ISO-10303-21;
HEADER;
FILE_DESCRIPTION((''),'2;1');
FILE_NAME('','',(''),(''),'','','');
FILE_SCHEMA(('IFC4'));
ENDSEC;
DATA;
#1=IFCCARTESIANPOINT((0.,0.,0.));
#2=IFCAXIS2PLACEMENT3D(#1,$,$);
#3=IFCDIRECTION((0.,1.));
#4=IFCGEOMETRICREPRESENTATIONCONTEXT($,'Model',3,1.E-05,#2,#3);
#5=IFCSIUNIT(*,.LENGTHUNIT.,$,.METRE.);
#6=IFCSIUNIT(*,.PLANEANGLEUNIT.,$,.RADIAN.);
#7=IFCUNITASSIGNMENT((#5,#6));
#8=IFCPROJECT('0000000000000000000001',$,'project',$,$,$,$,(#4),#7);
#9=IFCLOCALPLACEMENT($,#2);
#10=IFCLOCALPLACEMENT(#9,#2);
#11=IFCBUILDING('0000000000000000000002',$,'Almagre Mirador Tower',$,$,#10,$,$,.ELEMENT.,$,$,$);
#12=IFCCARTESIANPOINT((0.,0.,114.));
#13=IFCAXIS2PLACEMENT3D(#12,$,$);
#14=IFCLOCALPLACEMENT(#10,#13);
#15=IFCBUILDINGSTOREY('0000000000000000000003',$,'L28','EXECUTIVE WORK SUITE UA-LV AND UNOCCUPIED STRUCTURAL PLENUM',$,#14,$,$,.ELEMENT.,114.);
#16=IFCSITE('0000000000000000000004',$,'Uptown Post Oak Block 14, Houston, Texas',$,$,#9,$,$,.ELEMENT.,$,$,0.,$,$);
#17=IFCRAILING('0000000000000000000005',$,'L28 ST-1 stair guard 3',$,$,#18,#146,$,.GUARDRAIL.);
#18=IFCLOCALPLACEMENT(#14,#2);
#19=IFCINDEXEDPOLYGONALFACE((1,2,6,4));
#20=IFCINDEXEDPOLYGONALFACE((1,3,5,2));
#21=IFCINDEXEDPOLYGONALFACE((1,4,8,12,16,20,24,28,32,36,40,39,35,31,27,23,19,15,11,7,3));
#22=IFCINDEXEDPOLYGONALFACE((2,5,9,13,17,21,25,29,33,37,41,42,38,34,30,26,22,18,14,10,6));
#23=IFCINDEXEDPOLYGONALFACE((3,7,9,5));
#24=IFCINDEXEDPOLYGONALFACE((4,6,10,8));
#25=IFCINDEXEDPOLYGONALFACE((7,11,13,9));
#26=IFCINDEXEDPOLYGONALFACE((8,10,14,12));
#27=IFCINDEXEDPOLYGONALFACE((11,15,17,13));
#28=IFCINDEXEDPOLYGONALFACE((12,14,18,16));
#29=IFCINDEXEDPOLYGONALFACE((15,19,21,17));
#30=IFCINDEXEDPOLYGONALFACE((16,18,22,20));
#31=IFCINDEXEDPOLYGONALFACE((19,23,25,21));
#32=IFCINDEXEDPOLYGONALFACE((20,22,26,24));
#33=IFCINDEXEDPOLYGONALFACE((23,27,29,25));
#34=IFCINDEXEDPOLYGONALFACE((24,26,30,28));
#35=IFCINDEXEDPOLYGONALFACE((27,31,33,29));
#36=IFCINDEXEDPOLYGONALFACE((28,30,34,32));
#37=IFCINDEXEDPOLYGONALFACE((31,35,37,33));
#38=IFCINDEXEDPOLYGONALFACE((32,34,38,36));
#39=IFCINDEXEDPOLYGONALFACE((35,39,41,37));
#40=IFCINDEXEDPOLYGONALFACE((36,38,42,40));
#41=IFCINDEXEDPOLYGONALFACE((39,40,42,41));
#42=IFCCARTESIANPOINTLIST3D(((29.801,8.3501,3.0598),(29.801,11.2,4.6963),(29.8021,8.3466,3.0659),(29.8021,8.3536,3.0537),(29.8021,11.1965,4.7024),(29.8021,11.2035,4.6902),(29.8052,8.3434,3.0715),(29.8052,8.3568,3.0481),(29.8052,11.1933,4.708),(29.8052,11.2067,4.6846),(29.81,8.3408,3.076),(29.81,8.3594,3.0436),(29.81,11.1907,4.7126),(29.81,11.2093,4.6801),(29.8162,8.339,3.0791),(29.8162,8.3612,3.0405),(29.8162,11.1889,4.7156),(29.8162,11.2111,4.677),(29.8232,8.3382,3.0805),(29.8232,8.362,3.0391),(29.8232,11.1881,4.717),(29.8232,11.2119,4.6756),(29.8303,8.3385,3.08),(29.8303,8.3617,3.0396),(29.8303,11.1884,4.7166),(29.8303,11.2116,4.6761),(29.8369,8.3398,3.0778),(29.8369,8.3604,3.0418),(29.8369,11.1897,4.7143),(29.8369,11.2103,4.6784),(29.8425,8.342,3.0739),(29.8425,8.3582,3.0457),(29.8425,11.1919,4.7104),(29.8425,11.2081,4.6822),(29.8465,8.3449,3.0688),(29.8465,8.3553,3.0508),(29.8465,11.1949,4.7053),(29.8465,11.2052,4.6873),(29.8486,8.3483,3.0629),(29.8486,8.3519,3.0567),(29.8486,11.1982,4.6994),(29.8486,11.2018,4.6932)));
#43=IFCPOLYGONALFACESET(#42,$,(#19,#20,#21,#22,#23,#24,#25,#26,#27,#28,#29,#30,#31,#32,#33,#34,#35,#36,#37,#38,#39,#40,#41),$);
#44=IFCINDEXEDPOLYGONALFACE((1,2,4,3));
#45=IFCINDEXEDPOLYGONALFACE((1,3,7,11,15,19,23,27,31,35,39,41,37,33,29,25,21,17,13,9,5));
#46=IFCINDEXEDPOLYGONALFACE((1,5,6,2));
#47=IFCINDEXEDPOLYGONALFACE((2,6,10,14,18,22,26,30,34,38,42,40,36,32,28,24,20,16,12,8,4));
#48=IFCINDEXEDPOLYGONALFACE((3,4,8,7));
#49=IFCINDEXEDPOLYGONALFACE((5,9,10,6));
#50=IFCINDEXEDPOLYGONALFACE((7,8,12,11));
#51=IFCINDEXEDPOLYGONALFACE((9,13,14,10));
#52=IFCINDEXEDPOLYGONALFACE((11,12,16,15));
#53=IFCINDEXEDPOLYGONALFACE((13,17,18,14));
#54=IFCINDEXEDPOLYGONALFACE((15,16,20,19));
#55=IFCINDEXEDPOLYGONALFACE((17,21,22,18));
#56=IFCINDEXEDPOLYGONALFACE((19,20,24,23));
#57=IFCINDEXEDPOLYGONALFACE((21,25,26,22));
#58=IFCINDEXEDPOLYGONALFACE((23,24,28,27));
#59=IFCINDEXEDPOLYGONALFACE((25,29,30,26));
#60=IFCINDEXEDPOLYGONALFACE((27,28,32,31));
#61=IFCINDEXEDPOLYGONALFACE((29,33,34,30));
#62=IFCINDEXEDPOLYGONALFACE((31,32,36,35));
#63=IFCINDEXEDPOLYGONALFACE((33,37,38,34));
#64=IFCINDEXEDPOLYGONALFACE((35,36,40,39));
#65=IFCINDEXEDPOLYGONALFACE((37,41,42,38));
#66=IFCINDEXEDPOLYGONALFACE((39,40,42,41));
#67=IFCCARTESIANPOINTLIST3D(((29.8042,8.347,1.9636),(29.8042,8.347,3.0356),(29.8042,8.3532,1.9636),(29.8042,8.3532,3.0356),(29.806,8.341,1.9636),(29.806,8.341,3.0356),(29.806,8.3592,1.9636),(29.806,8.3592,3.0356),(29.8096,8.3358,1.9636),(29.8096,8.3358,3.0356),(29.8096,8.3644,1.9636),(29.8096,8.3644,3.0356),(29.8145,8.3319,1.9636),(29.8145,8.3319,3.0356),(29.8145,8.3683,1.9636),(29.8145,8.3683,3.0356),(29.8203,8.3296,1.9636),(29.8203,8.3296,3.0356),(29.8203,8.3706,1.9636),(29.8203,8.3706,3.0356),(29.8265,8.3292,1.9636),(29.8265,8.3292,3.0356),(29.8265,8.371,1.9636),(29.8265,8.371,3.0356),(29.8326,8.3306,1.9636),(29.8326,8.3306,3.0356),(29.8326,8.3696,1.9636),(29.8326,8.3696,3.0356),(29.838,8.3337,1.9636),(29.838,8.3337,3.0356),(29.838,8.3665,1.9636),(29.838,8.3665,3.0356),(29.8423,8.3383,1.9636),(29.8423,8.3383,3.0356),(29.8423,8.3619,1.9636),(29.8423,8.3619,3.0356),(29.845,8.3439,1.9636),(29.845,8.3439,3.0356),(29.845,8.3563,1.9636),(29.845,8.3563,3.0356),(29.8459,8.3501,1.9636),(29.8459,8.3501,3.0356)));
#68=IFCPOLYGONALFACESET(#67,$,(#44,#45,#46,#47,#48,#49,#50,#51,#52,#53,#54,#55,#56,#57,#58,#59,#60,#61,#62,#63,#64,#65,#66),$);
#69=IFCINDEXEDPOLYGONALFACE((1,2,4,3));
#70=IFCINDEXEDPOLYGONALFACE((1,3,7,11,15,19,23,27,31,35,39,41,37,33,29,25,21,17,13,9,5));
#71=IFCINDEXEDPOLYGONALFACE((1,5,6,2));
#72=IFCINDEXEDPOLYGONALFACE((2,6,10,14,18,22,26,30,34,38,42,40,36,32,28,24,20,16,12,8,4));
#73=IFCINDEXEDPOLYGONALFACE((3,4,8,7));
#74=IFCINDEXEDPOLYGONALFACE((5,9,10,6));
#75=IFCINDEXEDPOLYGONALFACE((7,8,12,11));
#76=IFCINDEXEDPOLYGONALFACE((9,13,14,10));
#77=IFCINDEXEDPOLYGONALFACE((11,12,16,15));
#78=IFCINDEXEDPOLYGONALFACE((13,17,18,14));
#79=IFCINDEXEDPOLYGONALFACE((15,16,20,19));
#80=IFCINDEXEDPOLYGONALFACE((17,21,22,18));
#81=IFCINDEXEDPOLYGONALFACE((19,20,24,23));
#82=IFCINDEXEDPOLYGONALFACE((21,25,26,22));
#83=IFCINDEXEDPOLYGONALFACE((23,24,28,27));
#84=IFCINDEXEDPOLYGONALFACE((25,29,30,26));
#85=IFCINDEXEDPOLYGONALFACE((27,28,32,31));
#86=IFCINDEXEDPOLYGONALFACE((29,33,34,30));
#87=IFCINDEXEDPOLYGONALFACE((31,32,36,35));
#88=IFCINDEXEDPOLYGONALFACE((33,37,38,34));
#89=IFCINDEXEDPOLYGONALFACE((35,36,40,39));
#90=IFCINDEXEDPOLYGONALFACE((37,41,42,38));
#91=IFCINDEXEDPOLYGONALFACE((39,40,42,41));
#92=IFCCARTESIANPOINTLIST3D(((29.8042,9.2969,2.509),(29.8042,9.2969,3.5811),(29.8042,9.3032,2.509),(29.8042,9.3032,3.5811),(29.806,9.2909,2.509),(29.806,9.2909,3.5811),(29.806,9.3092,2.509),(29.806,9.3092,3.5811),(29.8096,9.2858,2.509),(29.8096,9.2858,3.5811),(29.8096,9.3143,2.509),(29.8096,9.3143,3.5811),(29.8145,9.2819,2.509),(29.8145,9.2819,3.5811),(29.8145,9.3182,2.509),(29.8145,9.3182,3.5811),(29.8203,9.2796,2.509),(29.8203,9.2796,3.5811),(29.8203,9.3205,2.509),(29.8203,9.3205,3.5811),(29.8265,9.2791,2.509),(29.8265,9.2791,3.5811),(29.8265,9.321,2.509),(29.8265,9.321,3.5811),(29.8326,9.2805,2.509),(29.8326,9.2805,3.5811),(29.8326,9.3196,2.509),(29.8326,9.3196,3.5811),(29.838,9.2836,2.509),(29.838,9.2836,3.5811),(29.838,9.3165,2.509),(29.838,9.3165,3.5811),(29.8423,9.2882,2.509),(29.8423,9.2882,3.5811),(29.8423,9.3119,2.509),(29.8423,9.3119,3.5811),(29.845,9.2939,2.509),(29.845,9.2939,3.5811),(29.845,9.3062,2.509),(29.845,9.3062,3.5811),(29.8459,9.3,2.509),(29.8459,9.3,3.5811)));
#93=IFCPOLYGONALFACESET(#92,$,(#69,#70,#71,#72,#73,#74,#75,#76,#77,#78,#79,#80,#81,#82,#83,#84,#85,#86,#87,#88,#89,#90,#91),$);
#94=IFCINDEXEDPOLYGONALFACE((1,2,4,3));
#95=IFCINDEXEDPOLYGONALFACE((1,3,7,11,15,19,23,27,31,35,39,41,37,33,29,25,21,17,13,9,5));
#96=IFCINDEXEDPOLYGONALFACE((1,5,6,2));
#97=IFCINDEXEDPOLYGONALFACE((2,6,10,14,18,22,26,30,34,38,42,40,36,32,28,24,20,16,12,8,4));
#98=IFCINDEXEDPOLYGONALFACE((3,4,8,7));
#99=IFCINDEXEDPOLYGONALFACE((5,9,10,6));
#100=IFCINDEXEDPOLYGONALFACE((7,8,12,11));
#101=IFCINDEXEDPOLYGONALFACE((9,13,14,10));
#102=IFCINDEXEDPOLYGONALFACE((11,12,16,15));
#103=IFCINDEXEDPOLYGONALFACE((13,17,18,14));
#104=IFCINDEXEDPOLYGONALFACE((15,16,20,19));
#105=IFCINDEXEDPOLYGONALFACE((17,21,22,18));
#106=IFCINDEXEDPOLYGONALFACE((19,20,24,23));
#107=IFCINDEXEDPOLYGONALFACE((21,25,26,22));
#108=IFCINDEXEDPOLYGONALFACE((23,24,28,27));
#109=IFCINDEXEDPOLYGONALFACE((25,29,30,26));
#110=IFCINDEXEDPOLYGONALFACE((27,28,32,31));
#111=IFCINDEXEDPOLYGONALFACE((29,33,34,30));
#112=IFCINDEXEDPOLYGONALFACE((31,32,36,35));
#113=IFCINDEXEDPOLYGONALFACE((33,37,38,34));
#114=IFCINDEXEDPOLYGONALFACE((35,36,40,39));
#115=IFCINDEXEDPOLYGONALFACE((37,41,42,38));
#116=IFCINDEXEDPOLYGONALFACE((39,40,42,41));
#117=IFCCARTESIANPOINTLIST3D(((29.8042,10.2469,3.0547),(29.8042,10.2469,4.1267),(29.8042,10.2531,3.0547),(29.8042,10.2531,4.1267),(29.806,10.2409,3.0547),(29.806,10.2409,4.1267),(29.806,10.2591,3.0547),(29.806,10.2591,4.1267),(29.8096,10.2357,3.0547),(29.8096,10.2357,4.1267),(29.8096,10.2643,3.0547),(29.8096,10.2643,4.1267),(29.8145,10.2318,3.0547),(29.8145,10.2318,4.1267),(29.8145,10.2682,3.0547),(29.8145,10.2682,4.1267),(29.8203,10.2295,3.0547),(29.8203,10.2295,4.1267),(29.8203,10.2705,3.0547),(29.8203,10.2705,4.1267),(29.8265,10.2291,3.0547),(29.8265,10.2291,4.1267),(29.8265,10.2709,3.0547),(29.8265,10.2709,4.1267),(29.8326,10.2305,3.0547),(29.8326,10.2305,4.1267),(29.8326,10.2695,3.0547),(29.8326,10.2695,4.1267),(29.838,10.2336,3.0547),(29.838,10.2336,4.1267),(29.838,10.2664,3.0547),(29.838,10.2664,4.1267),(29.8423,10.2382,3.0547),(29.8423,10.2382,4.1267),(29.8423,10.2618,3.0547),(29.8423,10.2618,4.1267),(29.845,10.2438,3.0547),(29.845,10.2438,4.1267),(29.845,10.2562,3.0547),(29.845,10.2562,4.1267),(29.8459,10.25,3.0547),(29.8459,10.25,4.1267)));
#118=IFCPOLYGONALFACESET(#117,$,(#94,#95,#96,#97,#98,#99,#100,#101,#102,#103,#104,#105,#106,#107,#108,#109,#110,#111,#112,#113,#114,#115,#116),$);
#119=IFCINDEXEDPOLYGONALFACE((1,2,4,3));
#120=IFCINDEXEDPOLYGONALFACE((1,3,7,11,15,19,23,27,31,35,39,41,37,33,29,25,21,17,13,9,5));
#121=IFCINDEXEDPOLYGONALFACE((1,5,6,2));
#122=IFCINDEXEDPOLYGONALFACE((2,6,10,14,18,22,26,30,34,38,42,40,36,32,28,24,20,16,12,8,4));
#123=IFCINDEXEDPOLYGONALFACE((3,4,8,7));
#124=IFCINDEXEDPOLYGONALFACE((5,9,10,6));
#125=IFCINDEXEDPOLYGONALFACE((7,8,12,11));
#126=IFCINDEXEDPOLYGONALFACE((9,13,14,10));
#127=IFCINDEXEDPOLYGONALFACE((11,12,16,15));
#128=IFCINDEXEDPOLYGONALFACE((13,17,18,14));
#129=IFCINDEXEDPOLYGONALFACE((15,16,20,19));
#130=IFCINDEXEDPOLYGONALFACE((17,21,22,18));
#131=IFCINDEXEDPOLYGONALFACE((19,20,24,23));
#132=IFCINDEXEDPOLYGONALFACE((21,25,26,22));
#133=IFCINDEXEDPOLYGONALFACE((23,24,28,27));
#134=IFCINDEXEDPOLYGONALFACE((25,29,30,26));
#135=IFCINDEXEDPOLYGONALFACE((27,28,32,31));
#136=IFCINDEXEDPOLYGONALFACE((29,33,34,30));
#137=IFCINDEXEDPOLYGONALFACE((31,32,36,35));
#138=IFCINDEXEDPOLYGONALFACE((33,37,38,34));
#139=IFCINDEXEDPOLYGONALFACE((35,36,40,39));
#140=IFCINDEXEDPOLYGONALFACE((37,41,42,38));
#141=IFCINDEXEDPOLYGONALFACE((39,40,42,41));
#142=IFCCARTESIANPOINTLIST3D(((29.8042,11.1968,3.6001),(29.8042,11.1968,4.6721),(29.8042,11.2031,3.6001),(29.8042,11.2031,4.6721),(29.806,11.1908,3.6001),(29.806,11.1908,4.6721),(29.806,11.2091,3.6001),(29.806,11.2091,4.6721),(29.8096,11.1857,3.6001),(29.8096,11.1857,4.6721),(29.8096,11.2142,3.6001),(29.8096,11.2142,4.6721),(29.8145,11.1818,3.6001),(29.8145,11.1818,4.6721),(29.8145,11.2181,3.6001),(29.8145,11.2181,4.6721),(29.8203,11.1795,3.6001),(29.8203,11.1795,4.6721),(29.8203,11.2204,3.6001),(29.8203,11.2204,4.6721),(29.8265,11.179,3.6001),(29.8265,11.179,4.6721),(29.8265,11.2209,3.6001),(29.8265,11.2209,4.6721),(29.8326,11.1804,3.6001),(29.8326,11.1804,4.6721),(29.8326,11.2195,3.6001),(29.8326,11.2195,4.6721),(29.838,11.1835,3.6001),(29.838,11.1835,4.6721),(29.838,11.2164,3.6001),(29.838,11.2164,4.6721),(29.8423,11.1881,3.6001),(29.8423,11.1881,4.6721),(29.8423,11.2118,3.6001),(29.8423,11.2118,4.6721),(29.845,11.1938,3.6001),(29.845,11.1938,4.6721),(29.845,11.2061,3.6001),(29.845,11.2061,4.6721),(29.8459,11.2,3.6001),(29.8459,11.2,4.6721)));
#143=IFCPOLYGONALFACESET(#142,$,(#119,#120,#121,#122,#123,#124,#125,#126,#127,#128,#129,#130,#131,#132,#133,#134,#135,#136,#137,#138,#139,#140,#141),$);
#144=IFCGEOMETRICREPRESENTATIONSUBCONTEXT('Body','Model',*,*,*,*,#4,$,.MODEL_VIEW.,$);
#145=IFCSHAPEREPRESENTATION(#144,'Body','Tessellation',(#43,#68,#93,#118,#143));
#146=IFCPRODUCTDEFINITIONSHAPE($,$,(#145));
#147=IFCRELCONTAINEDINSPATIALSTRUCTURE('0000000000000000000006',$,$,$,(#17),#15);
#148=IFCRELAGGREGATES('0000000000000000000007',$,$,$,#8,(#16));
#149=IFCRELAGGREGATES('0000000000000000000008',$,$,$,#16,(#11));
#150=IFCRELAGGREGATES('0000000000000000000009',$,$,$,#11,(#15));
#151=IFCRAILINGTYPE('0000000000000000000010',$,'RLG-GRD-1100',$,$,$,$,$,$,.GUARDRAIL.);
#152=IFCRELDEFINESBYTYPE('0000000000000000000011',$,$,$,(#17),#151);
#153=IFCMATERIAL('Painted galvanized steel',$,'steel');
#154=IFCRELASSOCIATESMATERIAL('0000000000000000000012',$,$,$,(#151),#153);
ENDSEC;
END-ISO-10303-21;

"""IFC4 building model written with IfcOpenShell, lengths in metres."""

from ifc_helpers import new_model, si_unit, direction, frame, origin, origin_2d, place, context, subcontext, project, spatial, circle, extrude, material, type_object, element, save


model = new_model("IFC4")

# Units and contexts
model_context = context("Model", 3, precision=1e-05, world=origin(), true_north=direction((0.0, 1.0)))
body_context = subcontext(model_context, "Body", "Model", "MODEL_VIEW")
ifc_project = project(units=[si_unit("LENGTHUNIT", "METRE"), si_unit("PLANEANGLEUNIT", "RADIAN")], contexts=[model_context])

# Site, building, storey
site_placement = place(None, origin())
site = spatial("IfcSite", under=ifc_project, at=site_placement, Name="Uptown Post Oak Block 14, Houston, Texas", CompositionType="ELEMENT", RefElevation=0.0)
building_placement = place(site_placement, origin())
building = spatial("IfcBuilding", under=site, at=building_placement, Name="Almagre Mirador Tower", CompositionType="ELEMENT")
storey_placement = place(building_placement, frame((0.0, 0.0, 114.0)))
storey = spatial("IfcBuildingStorey", under=building, at=storey_placement, Name="L28", Description="EXECUTIVE WORK SUITE UA-LV AND UNOCCUPIED STRUCTURAL PLENUM", CompositionType="ELEMENT", Elevation=114.0)

# Railing
ifc_material_1 = material(Name="Painted galvanized steel", Category="steel")
railing_type_1 = type_object("IfcRailingType", Name="RLG-GRD-1100", PredefinedType="GUARDRAIL", material=ifc_material_1)
railing_1_placement = place(storey_placement, frame((29.825, 8.3501, 1.9636)))
element("IfcRailing", 1, at=railing_1_placement, inside=storey, type_object=railing_type_1, Name="L28 ST-1 stair guard 3", PredefinedType="GUARDRAIL", context=body_context, shape_type="SweptSolid", body=[
    extrude(circle(Radius=0.0239, at=origin_2d()), frame((0.0, 0.0, 1.0962), z_axis=(0.0, 0.867194, 0.49797), x_axis=(-1.0, 0.0, 0.0)), (0.0, 0.0, 1.0), 3.2864),
    extrude(circle(Radius=0.021, at=origin_2d()), origin(), (0.0, 0.0, 1.0), 1.072),
    extrude(circle(Radius=0.021, at=origin_2d()), frame((0.0, 0.95, 0.5454)), (0.0, 0.0, 1.0), 1.072),
    extrude(circle(Radius=0.021, at=origin_2d()), frame((0.0, 1.8999, 1.0911)), (0.0, 0.0, 1.0), 1.072),
    extrude(circle(Radius=0.021, at=origin_2d()), frame((0.0, 2.8499, 1.6365)), (0.0, 0.0, 1.0), 1.072),
])

save(model, "model.ifc")
